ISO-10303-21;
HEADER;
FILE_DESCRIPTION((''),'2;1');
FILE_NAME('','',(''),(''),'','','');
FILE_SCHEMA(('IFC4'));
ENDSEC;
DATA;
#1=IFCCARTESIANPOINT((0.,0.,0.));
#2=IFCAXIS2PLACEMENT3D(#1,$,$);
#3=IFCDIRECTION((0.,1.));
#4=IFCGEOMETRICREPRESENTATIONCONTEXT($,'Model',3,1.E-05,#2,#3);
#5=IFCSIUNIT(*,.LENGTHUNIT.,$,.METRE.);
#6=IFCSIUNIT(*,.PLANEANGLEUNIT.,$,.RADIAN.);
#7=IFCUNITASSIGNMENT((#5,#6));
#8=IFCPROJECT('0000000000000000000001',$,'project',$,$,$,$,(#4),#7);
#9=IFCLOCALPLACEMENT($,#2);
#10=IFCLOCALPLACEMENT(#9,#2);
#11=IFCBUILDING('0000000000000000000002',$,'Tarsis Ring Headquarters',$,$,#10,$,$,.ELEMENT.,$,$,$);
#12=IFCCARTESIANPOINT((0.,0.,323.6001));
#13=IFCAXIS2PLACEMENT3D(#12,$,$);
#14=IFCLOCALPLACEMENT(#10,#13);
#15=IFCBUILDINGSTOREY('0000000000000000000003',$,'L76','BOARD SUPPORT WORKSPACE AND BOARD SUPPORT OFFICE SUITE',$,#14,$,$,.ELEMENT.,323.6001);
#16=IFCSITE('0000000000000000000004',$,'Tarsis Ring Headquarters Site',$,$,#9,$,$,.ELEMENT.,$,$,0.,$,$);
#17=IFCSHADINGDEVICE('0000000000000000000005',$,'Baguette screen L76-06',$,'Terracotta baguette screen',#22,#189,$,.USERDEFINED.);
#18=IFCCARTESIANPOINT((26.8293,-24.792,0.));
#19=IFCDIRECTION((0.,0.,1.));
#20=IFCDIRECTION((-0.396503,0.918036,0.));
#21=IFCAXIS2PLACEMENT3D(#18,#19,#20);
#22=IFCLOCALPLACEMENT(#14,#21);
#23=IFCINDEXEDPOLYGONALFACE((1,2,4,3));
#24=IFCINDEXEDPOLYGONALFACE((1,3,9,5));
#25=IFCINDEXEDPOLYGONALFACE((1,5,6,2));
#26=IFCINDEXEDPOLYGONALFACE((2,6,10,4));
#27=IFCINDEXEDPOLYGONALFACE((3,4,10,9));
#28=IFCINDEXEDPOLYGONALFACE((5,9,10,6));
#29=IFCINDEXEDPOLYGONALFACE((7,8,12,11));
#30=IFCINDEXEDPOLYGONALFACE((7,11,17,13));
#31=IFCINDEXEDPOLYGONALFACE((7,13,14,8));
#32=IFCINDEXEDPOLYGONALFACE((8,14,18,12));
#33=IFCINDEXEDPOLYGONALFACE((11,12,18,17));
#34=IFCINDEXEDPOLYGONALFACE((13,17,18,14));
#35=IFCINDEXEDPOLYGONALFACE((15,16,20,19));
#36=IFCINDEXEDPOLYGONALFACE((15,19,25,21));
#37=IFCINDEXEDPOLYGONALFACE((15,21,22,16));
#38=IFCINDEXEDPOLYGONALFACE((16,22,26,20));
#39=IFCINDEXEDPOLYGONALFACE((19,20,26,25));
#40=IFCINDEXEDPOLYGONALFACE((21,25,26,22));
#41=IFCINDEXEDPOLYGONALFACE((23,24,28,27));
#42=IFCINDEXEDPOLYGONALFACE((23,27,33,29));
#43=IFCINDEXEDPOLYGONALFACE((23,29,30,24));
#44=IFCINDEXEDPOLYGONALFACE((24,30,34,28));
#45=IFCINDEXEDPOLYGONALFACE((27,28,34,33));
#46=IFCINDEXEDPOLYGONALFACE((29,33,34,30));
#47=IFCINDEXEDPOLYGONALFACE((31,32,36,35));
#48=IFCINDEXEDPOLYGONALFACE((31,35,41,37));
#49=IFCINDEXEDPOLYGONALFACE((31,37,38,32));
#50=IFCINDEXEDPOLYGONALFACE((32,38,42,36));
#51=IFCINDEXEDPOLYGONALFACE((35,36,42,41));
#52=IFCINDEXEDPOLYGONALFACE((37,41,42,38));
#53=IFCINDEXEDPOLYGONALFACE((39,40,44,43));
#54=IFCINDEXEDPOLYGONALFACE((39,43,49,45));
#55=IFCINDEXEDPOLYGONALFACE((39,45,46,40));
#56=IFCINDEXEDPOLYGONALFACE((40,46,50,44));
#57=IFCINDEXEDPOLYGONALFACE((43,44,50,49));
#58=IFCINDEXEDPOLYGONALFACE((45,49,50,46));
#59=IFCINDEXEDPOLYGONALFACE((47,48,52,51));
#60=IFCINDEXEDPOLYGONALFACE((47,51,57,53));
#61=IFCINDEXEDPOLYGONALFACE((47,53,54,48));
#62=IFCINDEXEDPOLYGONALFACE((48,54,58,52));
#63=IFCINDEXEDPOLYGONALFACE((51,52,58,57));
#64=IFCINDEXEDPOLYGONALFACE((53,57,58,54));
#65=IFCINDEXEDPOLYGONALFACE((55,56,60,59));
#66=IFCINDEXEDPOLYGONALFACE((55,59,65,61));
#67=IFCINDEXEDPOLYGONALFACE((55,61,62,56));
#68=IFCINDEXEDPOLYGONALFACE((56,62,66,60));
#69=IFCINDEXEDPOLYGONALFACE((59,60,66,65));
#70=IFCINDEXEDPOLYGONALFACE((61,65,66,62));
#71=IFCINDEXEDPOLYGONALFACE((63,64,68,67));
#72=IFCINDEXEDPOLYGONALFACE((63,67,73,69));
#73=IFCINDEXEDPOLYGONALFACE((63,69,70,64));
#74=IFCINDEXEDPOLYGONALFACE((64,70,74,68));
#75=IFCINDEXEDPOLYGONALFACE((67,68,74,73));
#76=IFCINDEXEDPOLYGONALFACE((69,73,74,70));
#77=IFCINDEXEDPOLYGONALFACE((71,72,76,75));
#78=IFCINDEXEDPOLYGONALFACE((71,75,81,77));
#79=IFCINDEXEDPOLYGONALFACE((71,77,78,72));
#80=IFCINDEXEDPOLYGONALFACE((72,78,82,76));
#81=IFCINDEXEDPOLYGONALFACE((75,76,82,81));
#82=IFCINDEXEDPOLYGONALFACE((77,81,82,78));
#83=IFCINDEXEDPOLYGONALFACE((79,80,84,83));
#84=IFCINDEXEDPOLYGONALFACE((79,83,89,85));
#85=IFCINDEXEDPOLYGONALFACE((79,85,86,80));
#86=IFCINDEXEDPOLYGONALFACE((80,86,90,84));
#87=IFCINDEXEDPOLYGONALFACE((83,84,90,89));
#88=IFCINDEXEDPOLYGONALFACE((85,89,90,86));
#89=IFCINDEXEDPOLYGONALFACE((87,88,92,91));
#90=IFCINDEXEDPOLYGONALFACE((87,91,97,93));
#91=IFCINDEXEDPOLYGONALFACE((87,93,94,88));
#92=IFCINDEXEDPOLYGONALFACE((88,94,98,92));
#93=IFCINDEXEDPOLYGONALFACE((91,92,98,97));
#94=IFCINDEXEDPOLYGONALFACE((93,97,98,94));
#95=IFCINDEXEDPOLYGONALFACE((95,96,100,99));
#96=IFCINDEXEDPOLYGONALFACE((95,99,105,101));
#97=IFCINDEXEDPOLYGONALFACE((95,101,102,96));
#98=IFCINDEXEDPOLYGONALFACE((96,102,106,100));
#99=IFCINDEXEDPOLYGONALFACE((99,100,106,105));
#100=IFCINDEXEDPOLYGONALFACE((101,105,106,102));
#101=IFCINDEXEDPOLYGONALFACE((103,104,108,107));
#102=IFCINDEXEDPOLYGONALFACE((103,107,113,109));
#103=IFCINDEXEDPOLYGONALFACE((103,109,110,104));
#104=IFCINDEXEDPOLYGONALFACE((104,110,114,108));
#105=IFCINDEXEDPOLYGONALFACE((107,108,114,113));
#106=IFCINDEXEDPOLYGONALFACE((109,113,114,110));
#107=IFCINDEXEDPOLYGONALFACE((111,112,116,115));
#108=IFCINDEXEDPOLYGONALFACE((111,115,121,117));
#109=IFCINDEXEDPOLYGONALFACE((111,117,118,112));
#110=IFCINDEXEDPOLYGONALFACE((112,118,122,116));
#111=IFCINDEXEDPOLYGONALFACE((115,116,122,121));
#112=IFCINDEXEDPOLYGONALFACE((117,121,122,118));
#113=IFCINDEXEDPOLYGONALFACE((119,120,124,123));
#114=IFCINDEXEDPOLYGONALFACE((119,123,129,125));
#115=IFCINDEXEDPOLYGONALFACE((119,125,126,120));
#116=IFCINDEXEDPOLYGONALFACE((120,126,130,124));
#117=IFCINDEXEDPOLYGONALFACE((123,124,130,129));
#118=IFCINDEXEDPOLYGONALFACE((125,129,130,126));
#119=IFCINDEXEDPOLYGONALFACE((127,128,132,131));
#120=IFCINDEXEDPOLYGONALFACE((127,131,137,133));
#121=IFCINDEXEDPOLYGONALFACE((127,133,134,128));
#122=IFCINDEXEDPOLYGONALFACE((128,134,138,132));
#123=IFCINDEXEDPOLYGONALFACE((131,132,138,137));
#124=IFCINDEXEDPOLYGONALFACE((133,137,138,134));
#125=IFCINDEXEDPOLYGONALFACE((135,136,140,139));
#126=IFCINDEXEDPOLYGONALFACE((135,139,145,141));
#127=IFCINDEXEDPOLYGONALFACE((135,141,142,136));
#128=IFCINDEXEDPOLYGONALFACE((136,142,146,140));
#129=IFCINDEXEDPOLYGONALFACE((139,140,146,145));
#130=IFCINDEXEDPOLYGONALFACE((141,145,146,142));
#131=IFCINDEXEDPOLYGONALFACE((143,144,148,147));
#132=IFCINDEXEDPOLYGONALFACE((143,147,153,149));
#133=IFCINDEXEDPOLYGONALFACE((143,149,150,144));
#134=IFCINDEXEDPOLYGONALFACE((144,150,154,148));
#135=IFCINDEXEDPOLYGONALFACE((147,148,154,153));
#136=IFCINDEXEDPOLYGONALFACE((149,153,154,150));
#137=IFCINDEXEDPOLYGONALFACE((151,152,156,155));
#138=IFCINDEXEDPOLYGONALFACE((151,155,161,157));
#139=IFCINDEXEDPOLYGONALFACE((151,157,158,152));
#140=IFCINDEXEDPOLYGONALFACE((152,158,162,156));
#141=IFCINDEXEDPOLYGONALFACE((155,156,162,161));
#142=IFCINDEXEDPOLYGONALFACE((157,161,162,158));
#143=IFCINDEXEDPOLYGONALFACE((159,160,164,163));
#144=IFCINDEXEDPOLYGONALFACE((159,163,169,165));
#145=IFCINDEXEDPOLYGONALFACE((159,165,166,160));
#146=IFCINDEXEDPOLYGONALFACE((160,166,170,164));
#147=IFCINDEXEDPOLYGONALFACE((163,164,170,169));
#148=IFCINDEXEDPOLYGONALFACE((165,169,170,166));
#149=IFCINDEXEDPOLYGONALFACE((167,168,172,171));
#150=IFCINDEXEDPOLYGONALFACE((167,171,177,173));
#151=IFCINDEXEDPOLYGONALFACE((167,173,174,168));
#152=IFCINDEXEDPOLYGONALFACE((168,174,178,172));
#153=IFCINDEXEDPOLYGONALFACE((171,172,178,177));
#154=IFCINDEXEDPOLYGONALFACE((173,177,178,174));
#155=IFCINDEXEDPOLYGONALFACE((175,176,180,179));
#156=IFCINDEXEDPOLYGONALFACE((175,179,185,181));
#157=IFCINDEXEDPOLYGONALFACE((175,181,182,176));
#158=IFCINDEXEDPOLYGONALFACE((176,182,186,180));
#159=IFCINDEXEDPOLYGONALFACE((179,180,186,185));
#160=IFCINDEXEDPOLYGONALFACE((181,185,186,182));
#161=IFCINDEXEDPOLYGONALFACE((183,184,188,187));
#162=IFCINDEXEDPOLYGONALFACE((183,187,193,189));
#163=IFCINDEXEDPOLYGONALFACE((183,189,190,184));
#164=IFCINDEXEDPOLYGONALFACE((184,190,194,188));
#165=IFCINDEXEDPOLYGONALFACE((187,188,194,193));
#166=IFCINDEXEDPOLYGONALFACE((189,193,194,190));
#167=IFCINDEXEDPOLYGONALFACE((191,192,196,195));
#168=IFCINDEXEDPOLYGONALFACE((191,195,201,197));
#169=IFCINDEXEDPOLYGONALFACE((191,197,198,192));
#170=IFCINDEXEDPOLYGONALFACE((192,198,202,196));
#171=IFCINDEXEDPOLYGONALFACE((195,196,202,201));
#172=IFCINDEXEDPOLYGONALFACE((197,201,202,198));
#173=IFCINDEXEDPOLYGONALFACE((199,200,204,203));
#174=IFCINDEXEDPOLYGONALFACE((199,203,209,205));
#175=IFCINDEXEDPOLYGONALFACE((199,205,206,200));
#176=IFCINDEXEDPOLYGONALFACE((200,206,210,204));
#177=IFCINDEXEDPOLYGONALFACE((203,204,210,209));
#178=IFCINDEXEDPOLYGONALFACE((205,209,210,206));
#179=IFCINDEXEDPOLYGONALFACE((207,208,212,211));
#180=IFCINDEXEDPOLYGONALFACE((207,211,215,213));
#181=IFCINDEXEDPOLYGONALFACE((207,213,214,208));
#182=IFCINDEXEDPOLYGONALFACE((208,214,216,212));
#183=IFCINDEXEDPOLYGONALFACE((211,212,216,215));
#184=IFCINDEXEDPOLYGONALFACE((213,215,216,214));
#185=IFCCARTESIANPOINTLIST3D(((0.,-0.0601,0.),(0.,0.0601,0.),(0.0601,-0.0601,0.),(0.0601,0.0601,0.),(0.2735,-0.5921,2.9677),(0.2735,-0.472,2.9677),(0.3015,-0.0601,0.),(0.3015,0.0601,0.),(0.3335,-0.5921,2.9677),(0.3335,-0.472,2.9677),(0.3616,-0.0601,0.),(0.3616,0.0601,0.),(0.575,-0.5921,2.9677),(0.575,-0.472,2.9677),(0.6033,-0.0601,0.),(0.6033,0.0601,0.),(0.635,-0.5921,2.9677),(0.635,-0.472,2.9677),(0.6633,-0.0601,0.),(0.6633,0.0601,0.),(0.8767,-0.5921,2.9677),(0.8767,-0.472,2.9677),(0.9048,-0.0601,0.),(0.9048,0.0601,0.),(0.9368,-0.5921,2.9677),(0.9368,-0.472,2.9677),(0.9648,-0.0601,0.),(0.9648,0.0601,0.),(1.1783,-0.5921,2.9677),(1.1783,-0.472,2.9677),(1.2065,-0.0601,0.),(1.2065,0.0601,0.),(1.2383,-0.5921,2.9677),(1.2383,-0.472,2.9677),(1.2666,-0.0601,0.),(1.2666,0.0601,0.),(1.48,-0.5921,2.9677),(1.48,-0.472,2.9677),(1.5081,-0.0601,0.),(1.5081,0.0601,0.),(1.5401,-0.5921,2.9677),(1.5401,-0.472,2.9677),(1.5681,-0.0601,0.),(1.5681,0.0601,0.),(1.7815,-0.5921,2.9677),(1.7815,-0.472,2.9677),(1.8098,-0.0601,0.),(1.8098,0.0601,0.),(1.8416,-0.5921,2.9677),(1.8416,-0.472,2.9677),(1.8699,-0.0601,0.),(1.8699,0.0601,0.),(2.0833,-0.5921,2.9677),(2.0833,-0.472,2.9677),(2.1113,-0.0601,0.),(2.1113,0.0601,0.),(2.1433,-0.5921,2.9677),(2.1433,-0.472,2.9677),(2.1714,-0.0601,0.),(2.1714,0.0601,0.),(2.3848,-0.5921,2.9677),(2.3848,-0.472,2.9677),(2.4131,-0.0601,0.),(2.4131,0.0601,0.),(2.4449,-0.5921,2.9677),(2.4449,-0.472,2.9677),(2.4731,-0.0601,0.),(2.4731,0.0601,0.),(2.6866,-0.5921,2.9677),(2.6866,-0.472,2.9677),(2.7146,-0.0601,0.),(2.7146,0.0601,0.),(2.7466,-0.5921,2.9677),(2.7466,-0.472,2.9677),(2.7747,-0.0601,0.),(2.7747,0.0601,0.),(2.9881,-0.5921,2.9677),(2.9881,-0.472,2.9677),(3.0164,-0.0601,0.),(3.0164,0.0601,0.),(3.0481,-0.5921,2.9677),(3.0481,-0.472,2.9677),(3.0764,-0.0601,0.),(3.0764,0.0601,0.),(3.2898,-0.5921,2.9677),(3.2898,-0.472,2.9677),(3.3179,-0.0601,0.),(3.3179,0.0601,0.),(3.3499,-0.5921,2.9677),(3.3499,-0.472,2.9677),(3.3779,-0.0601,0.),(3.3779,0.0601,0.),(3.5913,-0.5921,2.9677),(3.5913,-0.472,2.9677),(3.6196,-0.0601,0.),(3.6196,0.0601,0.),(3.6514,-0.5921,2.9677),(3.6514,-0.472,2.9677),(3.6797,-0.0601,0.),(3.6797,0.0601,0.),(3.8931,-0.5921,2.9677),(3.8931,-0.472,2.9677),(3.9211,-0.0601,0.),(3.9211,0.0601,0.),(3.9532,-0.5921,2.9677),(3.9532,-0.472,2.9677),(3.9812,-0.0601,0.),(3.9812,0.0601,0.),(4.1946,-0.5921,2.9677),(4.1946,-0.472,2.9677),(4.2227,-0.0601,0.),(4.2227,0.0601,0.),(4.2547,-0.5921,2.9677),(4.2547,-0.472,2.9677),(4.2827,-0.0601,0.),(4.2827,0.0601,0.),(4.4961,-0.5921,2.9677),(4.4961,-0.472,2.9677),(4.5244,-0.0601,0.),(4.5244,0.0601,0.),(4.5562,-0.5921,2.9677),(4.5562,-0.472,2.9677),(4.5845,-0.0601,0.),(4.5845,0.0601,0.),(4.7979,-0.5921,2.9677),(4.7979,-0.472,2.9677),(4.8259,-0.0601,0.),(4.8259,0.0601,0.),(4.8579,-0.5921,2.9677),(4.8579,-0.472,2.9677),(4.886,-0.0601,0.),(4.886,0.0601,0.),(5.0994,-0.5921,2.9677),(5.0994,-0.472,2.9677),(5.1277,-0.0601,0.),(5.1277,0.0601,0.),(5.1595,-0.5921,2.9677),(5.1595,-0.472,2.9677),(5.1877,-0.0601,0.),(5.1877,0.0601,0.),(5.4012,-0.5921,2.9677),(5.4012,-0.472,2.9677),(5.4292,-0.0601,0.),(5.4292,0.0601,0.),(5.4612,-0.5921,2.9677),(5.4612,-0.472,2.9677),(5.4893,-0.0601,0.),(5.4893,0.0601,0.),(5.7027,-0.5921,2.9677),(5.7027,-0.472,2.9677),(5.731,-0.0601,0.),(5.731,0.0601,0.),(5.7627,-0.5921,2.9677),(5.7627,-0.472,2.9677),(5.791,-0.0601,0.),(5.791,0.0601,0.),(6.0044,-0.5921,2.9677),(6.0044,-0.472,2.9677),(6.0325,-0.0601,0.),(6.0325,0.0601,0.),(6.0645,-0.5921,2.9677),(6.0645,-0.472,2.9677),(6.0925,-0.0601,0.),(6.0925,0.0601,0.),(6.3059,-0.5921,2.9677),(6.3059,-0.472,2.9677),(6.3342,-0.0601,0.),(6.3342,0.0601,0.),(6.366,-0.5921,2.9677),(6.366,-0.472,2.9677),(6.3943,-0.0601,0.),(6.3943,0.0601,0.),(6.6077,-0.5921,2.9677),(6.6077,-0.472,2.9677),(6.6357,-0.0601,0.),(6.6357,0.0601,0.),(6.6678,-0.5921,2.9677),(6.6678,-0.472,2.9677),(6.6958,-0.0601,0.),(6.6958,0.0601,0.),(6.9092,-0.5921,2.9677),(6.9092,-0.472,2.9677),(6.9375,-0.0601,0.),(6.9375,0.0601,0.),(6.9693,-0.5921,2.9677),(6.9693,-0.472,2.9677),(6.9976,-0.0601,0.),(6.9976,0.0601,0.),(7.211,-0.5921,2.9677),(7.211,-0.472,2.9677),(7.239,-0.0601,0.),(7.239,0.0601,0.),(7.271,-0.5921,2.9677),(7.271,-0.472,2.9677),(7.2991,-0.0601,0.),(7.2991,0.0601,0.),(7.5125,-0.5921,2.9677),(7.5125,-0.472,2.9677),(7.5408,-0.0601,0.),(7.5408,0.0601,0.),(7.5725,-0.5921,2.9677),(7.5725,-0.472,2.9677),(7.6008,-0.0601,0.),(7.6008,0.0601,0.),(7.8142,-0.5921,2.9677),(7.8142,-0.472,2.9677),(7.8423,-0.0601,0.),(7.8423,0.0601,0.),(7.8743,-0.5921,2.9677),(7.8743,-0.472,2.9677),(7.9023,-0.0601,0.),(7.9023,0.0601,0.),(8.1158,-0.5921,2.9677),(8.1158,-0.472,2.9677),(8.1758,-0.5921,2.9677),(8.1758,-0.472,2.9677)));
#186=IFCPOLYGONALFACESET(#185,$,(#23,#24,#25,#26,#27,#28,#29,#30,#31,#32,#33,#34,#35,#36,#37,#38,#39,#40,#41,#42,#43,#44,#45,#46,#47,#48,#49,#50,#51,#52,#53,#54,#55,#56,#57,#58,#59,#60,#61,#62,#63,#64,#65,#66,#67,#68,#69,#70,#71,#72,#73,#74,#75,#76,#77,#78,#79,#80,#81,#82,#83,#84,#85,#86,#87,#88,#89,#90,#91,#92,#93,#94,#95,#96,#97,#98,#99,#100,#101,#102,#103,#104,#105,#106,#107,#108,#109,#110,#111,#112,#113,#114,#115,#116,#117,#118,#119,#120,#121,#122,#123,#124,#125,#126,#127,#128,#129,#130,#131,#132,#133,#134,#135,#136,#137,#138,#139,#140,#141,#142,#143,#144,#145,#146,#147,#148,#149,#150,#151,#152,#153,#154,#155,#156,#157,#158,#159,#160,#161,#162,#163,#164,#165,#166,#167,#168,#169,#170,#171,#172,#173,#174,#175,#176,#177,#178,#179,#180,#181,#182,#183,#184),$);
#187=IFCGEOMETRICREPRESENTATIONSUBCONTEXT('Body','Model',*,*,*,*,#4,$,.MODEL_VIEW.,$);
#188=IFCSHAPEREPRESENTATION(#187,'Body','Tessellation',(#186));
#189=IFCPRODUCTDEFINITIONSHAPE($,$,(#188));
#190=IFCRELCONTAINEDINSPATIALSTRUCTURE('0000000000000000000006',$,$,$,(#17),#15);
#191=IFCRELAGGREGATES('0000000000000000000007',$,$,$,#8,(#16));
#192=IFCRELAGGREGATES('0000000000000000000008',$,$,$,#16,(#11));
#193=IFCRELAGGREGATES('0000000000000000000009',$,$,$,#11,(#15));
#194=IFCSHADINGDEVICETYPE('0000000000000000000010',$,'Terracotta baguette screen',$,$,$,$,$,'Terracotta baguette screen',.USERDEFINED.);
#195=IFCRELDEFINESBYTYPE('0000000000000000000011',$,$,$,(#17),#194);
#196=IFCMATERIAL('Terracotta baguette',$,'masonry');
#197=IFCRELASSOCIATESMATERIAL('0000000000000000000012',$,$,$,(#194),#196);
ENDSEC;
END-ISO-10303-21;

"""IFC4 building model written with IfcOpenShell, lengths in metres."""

from ifc_helpers import new_model, si_unit, direction, frame, frame_2d, origin, place, context, subcontext, project, spatial, rectangle, composite_profile, extrude, material, type_object, element, save


model = new_model("IFC4")

# Units and contexts
model_context = context("Model", 3, precision=1e-05, world=origin(), true_north=direction((0.0, 1.0)))
body_context = subcontext(model_context, "Body", "Model", "MODEL_VIEW")
ifc_project = project(units=[si_unit("LENGTHUNIT", "METRE"), si_unit("PLANEANGLEUNIT", "RADIAN")], contexts=[model_context])

# Site, building, storey
site_placement = place(None, origin())
site = spatial("IfcSite", under=ifc_project, at=site_placement, Name="Tarsis Ring Headquarters Site", CompositionType="ELEMENT", RefElevation=0.0)
building_placement = place(site_placement, origin())
building = spatial("IfcBuilding", under=site, at=building_placement, Name="Tarsis Ring Headquarters", CompositionType="ELEMENT")
storey_placement = place(building_placement, frame((0.0, 0.0, 323.6001)))
storey = spatial("IfcBuildingStorey", under=building, at=storey_placement, Name="L76", Description="BOARD SUPPORT WORKSPACE AND BOARD SUPPORT OFFICE SUITE", CompositionType="ELEMENT", Elevation=323.6001)

# Shading device
ifc_material_1 = material(Name="Terracotta baguette", Category="masonry")
shading_device_type_1 = type_object("IfcShadingDeviceType", Name="Terracotta baguette screen", ElementType="Terracotta baguette screen", PredefinedType="USERDEFINED", material=ifc_material_1)
shading_device_1_placement = place(storey_placement, frame((26.8293, -24.792, 0.0), z_axis=(0.0, 0.0, 1.0), x_axis=(-0.396503, 0.918036, 0.0)))
element("IfcShadingDevice", 1, at=shading_device_1_placement, inside=storey, type_object=shading_device_type_1, Name="Baguette screen L76-06", ObjectType="Terracotta baguette screen", PredefinedType="USERDEFINED", context=body_context, shape_type="SweptSolid", body=[
    extrude(composite_profile([rectangle(XDim=0.0601, YDim=0.1201, at=frame_2d((0.03, 0.0))), rectangle(XDim=0.0601, YDim=0.1201, at=frame_2d((0.3315, 0.0))), rectangle(XDim=0.0601, YDim=0.1201, at=frame_2d((0.6333, 0.0))), rectangle(XDim=0.0601, YDim=0.1201, at=frame_2d((0.9348, 0.0))), rectangle(XDim=0.0601, YDim=0.1201, at=frame_2d((1.2366, 0.0))), rectangle(XDim=0.0601, YDim=0.1201, at=frame_2d((1.5381, 0.0))), rectangle(XDim=0.0601, YDim=0.1201, at=frame_2d((1.8398, 0.0))), rectangle(XDim=0.0601, YDim=0.1201, at=frame_2d((2.1414, 0.0))), rectangle(XDim=0.0601, YDim=0.1201, at=frame_2d((2.4431, 0.0))), rectangle(XDim=0.0601, YDim=0.1201, at=frame_2d((2.7446, 0.0))), rectangle(XDim=0.0601, YDim=0.1201, at=frame_2d((3.0464, 0.0))), rectangle(XDim=0.0601, YDim=0.1201, at=frame_2d((3.3479, 0.0))), rectangle(XDim=0.0601, YDim=0.1201, at=frame_2d((3.6497, 0.0))), rectangle(XDim=0.0601, YDim=0.1201, at=frame_2d((3.9512, 0.0))), rectangle(XDim=0.0601, YDim=0.1201, at=frame_2d((4.2527, 0.0))), rectangle(XDim=0.0601, YDim=0.1201, at=frame_2d((4.5544, 0.0))), rectangle(XDim=0.0601, YDim=0.1201, at=frame_2d((4.856, 0.0))), rectangle(XDim=0.0601, YDim=0.1201, at=frame_2d((5.1577, 0.0))), rectangle(XDim=0.0601, YDim=0.1201, at=frame_2d((5.4592, 0.0))), rectangle(XDim=0.0601, YDim=0.1201, at=frame_2d((5.761, 0.0))), rectangle(XDim=0.0601, YDim=0.1201, at=frame_2d((6.0625, 0.0))), rectangle(XDim=0.0601, YDim=0.1201, at=frame_2d((6.3643, 0.0))), rectangle(XDim=0.0601, YDim=0.1201, at=frame_2d((6.6658, 0.0))), rectangle(XDim=0.0601, YDim=0.1201, at=frame_2d((6.9675, 0.0))), rectangle(XDim=0.0601, YDim=0.1201, at=frame_2d((7.269, 0.0))), rectangle(XDim=0.0601, YDim=0.1201, at=frame_2d((7.5708, 0.0))), rectangle(XDim=0.0601, YDim=0.1201, at=frame_2d((7.8723, 0.0)))]), origin(), (0.090333, -0.175735, 0.980284), 3.0273),
])

save(model, "model.ifc")
